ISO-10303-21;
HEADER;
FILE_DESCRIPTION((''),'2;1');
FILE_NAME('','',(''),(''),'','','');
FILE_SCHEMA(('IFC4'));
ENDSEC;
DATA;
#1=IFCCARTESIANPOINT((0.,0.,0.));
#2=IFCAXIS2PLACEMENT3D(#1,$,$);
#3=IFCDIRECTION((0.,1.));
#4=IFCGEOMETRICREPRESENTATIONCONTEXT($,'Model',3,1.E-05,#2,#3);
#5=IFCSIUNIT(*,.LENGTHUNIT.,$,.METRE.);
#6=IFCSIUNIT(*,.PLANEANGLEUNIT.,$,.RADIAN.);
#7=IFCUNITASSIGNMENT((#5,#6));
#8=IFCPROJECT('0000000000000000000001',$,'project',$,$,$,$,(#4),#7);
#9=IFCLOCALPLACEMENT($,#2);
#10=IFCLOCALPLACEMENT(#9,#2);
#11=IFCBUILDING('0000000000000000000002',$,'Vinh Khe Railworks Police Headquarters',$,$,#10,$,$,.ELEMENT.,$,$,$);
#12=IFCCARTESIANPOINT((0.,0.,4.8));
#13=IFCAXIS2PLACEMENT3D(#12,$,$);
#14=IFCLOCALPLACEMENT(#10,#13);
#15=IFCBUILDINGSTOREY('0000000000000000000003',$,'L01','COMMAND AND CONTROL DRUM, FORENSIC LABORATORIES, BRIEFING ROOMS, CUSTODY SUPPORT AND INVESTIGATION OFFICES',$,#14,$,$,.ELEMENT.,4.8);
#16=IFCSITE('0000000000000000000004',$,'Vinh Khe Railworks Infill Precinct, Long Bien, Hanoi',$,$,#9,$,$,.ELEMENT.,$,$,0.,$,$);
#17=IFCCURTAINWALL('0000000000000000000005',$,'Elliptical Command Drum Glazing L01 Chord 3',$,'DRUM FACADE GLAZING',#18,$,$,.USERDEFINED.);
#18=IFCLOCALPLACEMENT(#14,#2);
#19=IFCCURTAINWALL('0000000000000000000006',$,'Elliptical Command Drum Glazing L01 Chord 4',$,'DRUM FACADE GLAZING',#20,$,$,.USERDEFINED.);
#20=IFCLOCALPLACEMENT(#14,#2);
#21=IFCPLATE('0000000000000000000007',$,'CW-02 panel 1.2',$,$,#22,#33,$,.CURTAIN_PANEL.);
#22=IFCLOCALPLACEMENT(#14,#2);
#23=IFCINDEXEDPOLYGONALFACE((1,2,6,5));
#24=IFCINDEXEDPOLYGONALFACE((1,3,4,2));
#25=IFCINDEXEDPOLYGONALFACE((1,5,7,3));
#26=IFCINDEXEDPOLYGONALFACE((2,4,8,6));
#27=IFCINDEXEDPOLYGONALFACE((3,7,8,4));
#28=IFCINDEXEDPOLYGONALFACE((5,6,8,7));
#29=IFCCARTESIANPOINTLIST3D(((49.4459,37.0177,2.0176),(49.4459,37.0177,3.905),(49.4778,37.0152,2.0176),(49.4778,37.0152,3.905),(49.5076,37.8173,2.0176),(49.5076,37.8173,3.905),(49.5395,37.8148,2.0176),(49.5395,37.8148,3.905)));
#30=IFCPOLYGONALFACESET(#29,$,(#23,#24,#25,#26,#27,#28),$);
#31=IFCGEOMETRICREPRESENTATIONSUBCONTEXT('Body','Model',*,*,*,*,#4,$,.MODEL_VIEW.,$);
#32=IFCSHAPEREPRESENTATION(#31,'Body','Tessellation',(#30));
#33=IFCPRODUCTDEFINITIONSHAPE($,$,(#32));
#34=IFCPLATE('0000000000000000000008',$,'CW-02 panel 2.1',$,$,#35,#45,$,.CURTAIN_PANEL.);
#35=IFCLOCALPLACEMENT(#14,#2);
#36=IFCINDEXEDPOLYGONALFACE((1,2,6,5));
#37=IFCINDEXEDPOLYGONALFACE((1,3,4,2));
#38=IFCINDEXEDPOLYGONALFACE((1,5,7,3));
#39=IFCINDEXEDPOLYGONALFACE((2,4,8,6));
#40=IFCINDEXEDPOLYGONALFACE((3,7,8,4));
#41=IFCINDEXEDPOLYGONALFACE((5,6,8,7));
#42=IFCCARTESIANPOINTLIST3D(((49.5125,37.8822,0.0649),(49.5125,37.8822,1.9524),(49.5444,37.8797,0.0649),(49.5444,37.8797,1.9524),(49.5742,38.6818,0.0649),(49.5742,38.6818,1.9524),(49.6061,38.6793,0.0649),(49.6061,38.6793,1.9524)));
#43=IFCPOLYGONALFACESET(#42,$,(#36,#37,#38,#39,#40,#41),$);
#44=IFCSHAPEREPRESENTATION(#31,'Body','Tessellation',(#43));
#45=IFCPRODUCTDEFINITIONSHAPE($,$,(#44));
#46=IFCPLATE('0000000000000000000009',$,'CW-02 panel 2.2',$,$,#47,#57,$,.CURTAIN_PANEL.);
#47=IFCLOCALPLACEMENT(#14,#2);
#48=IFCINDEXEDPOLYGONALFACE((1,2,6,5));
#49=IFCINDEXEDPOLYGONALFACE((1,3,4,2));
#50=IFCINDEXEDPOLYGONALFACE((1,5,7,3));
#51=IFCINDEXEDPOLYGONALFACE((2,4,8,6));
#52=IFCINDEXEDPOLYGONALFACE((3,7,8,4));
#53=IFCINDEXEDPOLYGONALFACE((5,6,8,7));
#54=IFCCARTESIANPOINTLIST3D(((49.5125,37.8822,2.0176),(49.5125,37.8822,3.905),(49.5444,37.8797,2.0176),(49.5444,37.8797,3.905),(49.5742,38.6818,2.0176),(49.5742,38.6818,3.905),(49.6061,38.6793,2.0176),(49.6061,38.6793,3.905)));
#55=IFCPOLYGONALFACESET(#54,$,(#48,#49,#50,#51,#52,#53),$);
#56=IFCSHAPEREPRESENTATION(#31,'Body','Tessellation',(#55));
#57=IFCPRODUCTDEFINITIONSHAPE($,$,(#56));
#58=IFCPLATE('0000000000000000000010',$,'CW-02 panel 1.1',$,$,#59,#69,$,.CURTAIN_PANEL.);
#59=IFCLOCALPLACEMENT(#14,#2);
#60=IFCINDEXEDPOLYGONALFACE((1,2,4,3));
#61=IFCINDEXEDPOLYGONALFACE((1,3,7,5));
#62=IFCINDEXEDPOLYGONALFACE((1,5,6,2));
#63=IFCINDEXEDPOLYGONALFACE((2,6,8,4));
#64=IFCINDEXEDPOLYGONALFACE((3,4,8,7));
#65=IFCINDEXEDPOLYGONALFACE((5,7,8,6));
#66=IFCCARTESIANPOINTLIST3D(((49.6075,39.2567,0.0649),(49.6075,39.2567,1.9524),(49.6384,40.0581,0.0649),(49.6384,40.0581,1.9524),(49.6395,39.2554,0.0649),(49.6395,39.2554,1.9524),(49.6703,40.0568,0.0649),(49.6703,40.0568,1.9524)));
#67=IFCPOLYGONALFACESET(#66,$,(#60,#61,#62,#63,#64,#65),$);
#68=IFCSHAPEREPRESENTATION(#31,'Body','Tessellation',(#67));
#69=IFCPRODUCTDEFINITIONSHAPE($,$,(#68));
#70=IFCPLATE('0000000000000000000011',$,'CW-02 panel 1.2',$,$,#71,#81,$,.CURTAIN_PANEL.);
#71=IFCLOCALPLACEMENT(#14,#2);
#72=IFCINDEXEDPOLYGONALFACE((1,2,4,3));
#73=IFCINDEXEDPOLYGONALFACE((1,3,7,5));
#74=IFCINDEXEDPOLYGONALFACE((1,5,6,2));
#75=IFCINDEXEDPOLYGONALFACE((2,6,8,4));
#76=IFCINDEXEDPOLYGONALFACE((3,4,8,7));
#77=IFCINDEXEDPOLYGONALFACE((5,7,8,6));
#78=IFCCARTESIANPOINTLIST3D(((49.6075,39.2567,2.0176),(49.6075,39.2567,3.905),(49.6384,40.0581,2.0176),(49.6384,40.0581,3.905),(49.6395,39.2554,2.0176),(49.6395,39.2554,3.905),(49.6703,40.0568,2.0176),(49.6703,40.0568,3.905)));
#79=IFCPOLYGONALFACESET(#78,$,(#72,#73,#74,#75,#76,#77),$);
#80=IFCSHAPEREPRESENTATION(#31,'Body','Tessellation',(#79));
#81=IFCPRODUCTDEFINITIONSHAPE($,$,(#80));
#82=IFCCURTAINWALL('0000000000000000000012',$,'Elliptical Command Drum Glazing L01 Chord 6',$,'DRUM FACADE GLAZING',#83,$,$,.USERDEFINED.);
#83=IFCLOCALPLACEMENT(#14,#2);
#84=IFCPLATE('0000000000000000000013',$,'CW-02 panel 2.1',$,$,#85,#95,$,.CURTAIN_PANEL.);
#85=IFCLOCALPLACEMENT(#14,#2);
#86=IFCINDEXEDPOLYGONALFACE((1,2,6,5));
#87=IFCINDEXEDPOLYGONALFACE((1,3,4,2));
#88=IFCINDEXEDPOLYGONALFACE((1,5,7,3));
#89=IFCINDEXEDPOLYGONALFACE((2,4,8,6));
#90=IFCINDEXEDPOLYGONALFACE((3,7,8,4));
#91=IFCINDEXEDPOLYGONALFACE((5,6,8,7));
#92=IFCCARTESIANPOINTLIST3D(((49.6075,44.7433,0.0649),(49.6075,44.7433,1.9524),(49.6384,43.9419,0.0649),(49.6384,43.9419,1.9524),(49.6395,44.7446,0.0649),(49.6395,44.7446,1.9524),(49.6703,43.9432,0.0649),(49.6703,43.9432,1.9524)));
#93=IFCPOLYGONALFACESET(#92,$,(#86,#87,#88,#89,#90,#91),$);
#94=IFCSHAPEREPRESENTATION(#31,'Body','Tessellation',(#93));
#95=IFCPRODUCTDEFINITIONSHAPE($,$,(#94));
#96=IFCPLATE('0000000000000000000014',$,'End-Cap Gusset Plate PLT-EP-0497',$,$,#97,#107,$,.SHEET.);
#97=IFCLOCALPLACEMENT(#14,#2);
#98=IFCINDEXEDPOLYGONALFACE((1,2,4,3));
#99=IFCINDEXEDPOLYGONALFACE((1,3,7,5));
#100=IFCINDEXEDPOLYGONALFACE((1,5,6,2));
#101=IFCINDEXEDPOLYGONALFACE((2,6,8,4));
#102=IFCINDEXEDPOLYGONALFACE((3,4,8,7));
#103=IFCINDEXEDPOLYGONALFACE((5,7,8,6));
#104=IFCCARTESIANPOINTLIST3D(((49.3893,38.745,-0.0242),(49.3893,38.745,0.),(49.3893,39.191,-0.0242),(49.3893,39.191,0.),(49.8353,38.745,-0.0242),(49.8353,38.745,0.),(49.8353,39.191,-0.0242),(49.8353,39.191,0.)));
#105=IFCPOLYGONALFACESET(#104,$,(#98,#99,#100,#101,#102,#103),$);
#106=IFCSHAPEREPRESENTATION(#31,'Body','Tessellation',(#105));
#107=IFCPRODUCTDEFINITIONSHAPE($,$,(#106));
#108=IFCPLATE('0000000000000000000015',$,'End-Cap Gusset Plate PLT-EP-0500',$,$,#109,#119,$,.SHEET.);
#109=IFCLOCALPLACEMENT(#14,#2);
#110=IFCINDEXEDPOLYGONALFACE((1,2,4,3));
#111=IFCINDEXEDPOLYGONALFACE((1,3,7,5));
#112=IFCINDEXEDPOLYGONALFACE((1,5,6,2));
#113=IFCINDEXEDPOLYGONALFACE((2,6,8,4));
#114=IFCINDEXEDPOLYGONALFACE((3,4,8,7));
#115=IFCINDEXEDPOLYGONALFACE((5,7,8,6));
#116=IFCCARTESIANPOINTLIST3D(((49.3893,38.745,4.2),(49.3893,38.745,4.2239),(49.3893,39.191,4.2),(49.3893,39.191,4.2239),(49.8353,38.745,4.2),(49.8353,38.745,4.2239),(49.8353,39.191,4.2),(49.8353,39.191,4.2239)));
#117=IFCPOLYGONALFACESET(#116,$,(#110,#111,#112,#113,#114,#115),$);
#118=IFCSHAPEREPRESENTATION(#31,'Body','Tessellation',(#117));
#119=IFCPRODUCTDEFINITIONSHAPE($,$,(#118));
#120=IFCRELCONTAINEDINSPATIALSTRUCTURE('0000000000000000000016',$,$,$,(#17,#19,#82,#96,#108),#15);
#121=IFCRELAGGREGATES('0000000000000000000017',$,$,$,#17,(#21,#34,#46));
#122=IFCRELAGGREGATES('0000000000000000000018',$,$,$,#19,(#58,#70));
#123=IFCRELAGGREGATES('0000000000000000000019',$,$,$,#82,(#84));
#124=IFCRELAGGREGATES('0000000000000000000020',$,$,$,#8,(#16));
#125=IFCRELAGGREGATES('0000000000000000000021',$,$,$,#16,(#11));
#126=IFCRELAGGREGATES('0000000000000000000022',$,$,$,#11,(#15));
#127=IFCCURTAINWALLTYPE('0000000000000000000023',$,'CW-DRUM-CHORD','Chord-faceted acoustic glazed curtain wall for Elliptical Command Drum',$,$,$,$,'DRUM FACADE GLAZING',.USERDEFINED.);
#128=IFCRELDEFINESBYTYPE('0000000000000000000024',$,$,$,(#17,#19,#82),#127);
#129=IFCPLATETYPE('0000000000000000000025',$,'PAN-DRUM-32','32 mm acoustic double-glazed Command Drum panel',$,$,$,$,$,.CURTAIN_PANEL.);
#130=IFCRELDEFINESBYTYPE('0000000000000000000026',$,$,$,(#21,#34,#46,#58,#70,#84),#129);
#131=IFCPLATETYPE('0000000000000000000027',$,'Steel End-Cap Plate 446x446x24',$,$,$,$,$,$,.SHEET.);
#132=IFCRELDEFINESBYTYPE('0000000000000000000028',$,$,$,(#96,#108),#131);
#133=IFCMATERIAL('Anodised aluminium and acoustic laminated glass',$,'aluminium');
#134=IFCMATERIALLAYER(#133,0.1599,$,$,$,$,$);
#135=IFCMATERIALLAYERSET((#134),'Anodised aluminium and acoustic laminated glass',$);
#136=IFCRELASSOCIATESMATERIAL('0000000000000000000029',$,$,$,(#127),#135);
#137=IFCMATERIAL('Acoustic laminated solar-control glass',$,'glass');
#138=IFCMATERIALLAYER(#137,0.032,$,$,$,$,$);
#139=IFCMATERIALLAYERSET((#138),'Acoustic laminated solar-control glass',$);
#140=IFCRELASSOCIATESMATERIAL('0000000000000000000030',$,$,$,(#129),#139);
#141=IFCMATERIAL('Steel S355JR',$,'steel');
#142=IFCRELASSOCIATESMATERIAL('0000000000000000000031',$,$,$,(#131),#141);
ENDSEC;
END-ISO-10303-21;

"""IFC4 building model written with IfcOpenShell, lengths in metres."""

from ifc_helpers import new_model, si_unit, direction, frame, origin, origin_2d, place, context, subcontext, project, spatial, rectangle, extrude, material, layer, layer_set, material_profile, profile_set, type_object, element, aggregate, save


model = new_model("IFC4")

# Units and contexts
model_context = context("Model", 3, precision=1e-05, world=origin(), true_north=direction((0.0, 1.0)))
body_context = subcontext(model_context, "Body", "Model", "MODEL_VIEW")
ifc_project = project(units=[si_unit("LENGTHUNIT", "METRE"), si_unit("PLANEANGLEUNIT", "RADIAN")], contexts=[model_context])

# Site, building, storey
site_placement = place(None, origin())
site = spatial("IfcSite", under=ifc_project, at=site_placement, Name="Vinh Khe Railworks Infill Precinct, Long Bien, Hanoi", CompositionType="ELEMENT", RefElevation=0.0)
building_placement = place(site_placement, origin())
building = spatial("IfcBuilding", under=site, at=building_placement, Name="Vinh Khe Railworks Police Headquarters", CompositionType="ELEMENT")
storey_placement = place(building_placement, frame((0.0, 0.0, 4.8)))
storey = spatial("IfcBuildingStorey", under=building, at=storey_placement, Name="L01", Description="COMMAND AND CONTROL DRUM, FORENSIC LABORATORIES, BRIEFING ROOMS, CUSTODY SUPPORT AND INVESTIGATION OFFICES", CompositionType="ELEMENT", Elevation=4.8)

# Shared definitions
ifc_material_1 = material(Name="Steel S355JR", Category="steel")

# Curtain wall
ifc_material_2 = material(Name="Anodised aluminium and acoustic laminated glass", Category="aluminium")
ifc_layer_1 = layer(ifc_material_2, 0.1599)
ifc_layer_set_1 = layer_set([ifc_layer_1], Name="Anodised aluminium and acoustic laminated glass")
curtain_wall_type = type_object("IfcCurtainWallType", Name="CW-DRUM-CHORD", Description="Chord-faceted acoustic glazed curtain wall for Elliptical Command Drum", ElementType="DRUM FACADE GLAZING", PredefinedType="USERDEFINED", material=ifc_layer_set_1)
curtain_wall_1_placement = place(storey_placement, origin())
curtain_wall_1 = element("IfcCurtainWall", 1, at=curtain_wall_1_placement, inside=storey, type_object=curtain_wall_type, Name="Elliptical Command Drum Glazing L01 Chord 3", ObjectType="DRUM FACADE GLAZING", PredefinedType="USERDEFINED")

# Curtain wall
curtain_wall_2_placement = place(storey_placement, origin())
curtain_wall_2 = element("IfcCurtainWall", 2, at=curtain_wall_2_placement, inside=storey, type_object=curtain_wall_type, Name="Elliptical Command Drum Glazing L01 Chord 4", ObjectType="DRUM FACADE GLAZING", PredefinedType="USERDEFINED")

# Plates
ifc_material_3 = material(Name="Acoustic laminated solar-control glass", Category="glass")
ifc_layer_2 = layer(ifc_material_3, 0.032)
ifc_layer_set_2 = layer_set([ifc_layer_2], Name="Acoustic laminated solar-control glass")
plate_type_1 = type_object("IfcPlateType", Name="PAN-DRUM-32", Description="32 mm acoustic double-glazed Command Drum panel", PredefinedType="CURTAIN_PANEL", material=ifc_layer_set_2)
plate_1_placement = place(storey_placement, frame((49.4927, 37.4163, 2.0176), z_axis=(0.0, 0.0, 1.0), x_axis=(0.076972, 0.997033, 0.0)))
plate_1 = element("IfcPlate", 3, at=plate_1_placement, type_object=plate_type_1, Name="CW-02 panel 1.2", PredefinedType="CURTAIN_PANEL", context=body_context, shape_type="SweptSolid", body=[
    extrude(rectangle(XDim=0.802, YDim=0.032, at=origin_2d()), origin(), (0.0, 0.0, 1.0), 1.8875),
])
plate_2_placement = place(storey_placement, frame((49.5593, 38.2808, 0.0649), z_axis=(0.0, 0.0, 1.0), x_axis=(0.076972, 0.997033, 0.0)))
plate_2 = element("IfcPlate", 4, at=plate_2_placement, type_object=plate_type_1, Name="CW-02 panel 2.1", PredefinedType="CURTAIN_PANEL", context=body_context, shape_type="SweptSolid", body=[
    extrude(rectangle(XDim=0.802, YDim=0.032, at=origin_2d()), origin(), (0.0, 0.0, 1.0), 1.8875),
])
plate_3_placement = place(storey_placement, frame((49.5593, 38.2808, 2.0176), z_axis=(0.0, 0.0, 1.0), x_axis=(0.076972, 0.997033, 0.0)))
plate_3 = element("IfcPlate", 5, at=plate_3_placement, type_object=plate_type_1, Name="CW-02 panel 2.2", PredefinedType="CURTAIN_PANEL", context=body_context, shape_type="SweptSolid", body=[
    extrude(rectangle(XDim=0.802, YDim=0.032, at=origin_2d()), origin(), (0.0, 0.0, 1.0), 1.8875),
])
aggregate(curtain_wall_1, [plate_1, plate_2, plate_3])
plate_4_placement = place(storey_placement, frame((49.6389, 39.6567, 0.0649), z_axis=(0.0, 0.0, 1.0), x_axis=(0.038512, 0.999258, 0.0)))
plate_4 = element("IfcPlate", 6, at=plate_4_placement, type_object=plate_type_1, Name="CW-02 panel 1.1", PredefinedType="CURTAIN_PANEL", context=body_context, shape_type="SweptSolid", body=[
    extrude(rectangle(XDim=0.802, YDim=0.032, at=origin_2d()), origin(), (0.0, 0.0, 1.0), 1.8875),
])
plate_5_placement = place(storey_placement, frame((49.6389, 39.6567, 2.0176), z_axis=(0.0, 0.0, 1.0), x_axis=(0.038512, 0.999258, 0.0)))
plate_5 = element("IfcPlate", 7, at=plate_5_placement, type_object=plate_type_1, Name="CW-02 panel 1.2", PredefinedType="CURTAIN_PANEL", context=body_context, shape_type="SweptSolid", body=[
    extrude(rectangle(XDim=0.802, YDim=0.032, at=origin_2d()), origin(), (0.0, 0.0, 1.0), 1.8875),
])
aggregate(curtain_wall_2, [plate_4, plate_5])

# Curtain wall, plate
curtain_wall_3_placement = place(storey_placement, origin())
curtain_wall_3 = element("IfcCurtainWall", 8, at=curtain_wall_3_placement, inside=storey, type_object=curtain_wall_type, Name="Elliptical Command Drum Glazing L01 Chord 6", ObjectType="DRUM FACADE GLAZING", PredefinedType="USERDEFINED")
plate_6_placement = place(storey_placement, frame((49.6389, 44.3433, 0.0649), z_axis=(0.0, 0.0, 1.0), x_axis=(-0.038512, 0.999258, 0.0)))
plate_6 = element("IfcPlate", 9, at=plate_6_placement, type_object=plate_type_1, Name="CW-02 panel 2.1", PredefinedType="CURTAIN_PANEL", context=body_context, shape_type="SweptSolid", body=[
    extrude(rectangle(XDim=0.802, YDim=0.032, at=origin_2d()), origin(), (0.0, 0.0, 1.0), 1.8875),
])
aggregate(curtain_wall_3, [plate_6])

# Plates
ifc_material_profile_1 = material_profile(ifc_material_1, rectangle(XDim=0.446, YDim=0.446, at=origin_2d()), Name="PL 446x446")
ifc_profile_set_1 = profile_set([ifc_material_profile_1], Name="Steel S355JR")
plate_type_2 = type_object("IfcPlateType", Name="Steel End-Cap Plate 446x446x24", PredefinedType="SHEET", material=ifc_profile_set_1)
plate_7_placement = place(storey_placement, frame((49.6123, 38.968, 0.0), z_axis=(0.0, 0.0, -1.0), x_axis=(1.0, 0.0, 0.0)))
element("IfcPlate", 10, at=plate_7_placement, inside=storey, type_object=plate_type_2, Name="End-Cap Gusset Plate PLT-EP-0497", PredefinedType="SHEET", context=body_context, shape_type="SweptSolid", body=[
    extrude(rectangle(XDim=0.446, YDim=0.446, at=origin_2d()), origin(), (0.0, 0.0, 1.0), 0.0242),
])
plate_8_placement = place(storey_placement, frame((49.6123, 38.968, 4.2), z_axis=(0.0, 0.0, 1.0), x_axis=(1.0, 0.0, 0.0)))
element("IfcPlate", 11, at=plate_8_placement, inside=storey, type_object=plate_type_2, Name="End-Cap Gusset Plate PLT-EP-0500", PredefinedType="SHEET", context=body_context, shape_type="SweptSolid", body=[
    extrude(rectangle(XDim=0.446, YDim=0.446, at=origin_2d()), origin(), (0.0, 0.0, 1.0), 0.0239),
])

save(model, "model.ifc")
